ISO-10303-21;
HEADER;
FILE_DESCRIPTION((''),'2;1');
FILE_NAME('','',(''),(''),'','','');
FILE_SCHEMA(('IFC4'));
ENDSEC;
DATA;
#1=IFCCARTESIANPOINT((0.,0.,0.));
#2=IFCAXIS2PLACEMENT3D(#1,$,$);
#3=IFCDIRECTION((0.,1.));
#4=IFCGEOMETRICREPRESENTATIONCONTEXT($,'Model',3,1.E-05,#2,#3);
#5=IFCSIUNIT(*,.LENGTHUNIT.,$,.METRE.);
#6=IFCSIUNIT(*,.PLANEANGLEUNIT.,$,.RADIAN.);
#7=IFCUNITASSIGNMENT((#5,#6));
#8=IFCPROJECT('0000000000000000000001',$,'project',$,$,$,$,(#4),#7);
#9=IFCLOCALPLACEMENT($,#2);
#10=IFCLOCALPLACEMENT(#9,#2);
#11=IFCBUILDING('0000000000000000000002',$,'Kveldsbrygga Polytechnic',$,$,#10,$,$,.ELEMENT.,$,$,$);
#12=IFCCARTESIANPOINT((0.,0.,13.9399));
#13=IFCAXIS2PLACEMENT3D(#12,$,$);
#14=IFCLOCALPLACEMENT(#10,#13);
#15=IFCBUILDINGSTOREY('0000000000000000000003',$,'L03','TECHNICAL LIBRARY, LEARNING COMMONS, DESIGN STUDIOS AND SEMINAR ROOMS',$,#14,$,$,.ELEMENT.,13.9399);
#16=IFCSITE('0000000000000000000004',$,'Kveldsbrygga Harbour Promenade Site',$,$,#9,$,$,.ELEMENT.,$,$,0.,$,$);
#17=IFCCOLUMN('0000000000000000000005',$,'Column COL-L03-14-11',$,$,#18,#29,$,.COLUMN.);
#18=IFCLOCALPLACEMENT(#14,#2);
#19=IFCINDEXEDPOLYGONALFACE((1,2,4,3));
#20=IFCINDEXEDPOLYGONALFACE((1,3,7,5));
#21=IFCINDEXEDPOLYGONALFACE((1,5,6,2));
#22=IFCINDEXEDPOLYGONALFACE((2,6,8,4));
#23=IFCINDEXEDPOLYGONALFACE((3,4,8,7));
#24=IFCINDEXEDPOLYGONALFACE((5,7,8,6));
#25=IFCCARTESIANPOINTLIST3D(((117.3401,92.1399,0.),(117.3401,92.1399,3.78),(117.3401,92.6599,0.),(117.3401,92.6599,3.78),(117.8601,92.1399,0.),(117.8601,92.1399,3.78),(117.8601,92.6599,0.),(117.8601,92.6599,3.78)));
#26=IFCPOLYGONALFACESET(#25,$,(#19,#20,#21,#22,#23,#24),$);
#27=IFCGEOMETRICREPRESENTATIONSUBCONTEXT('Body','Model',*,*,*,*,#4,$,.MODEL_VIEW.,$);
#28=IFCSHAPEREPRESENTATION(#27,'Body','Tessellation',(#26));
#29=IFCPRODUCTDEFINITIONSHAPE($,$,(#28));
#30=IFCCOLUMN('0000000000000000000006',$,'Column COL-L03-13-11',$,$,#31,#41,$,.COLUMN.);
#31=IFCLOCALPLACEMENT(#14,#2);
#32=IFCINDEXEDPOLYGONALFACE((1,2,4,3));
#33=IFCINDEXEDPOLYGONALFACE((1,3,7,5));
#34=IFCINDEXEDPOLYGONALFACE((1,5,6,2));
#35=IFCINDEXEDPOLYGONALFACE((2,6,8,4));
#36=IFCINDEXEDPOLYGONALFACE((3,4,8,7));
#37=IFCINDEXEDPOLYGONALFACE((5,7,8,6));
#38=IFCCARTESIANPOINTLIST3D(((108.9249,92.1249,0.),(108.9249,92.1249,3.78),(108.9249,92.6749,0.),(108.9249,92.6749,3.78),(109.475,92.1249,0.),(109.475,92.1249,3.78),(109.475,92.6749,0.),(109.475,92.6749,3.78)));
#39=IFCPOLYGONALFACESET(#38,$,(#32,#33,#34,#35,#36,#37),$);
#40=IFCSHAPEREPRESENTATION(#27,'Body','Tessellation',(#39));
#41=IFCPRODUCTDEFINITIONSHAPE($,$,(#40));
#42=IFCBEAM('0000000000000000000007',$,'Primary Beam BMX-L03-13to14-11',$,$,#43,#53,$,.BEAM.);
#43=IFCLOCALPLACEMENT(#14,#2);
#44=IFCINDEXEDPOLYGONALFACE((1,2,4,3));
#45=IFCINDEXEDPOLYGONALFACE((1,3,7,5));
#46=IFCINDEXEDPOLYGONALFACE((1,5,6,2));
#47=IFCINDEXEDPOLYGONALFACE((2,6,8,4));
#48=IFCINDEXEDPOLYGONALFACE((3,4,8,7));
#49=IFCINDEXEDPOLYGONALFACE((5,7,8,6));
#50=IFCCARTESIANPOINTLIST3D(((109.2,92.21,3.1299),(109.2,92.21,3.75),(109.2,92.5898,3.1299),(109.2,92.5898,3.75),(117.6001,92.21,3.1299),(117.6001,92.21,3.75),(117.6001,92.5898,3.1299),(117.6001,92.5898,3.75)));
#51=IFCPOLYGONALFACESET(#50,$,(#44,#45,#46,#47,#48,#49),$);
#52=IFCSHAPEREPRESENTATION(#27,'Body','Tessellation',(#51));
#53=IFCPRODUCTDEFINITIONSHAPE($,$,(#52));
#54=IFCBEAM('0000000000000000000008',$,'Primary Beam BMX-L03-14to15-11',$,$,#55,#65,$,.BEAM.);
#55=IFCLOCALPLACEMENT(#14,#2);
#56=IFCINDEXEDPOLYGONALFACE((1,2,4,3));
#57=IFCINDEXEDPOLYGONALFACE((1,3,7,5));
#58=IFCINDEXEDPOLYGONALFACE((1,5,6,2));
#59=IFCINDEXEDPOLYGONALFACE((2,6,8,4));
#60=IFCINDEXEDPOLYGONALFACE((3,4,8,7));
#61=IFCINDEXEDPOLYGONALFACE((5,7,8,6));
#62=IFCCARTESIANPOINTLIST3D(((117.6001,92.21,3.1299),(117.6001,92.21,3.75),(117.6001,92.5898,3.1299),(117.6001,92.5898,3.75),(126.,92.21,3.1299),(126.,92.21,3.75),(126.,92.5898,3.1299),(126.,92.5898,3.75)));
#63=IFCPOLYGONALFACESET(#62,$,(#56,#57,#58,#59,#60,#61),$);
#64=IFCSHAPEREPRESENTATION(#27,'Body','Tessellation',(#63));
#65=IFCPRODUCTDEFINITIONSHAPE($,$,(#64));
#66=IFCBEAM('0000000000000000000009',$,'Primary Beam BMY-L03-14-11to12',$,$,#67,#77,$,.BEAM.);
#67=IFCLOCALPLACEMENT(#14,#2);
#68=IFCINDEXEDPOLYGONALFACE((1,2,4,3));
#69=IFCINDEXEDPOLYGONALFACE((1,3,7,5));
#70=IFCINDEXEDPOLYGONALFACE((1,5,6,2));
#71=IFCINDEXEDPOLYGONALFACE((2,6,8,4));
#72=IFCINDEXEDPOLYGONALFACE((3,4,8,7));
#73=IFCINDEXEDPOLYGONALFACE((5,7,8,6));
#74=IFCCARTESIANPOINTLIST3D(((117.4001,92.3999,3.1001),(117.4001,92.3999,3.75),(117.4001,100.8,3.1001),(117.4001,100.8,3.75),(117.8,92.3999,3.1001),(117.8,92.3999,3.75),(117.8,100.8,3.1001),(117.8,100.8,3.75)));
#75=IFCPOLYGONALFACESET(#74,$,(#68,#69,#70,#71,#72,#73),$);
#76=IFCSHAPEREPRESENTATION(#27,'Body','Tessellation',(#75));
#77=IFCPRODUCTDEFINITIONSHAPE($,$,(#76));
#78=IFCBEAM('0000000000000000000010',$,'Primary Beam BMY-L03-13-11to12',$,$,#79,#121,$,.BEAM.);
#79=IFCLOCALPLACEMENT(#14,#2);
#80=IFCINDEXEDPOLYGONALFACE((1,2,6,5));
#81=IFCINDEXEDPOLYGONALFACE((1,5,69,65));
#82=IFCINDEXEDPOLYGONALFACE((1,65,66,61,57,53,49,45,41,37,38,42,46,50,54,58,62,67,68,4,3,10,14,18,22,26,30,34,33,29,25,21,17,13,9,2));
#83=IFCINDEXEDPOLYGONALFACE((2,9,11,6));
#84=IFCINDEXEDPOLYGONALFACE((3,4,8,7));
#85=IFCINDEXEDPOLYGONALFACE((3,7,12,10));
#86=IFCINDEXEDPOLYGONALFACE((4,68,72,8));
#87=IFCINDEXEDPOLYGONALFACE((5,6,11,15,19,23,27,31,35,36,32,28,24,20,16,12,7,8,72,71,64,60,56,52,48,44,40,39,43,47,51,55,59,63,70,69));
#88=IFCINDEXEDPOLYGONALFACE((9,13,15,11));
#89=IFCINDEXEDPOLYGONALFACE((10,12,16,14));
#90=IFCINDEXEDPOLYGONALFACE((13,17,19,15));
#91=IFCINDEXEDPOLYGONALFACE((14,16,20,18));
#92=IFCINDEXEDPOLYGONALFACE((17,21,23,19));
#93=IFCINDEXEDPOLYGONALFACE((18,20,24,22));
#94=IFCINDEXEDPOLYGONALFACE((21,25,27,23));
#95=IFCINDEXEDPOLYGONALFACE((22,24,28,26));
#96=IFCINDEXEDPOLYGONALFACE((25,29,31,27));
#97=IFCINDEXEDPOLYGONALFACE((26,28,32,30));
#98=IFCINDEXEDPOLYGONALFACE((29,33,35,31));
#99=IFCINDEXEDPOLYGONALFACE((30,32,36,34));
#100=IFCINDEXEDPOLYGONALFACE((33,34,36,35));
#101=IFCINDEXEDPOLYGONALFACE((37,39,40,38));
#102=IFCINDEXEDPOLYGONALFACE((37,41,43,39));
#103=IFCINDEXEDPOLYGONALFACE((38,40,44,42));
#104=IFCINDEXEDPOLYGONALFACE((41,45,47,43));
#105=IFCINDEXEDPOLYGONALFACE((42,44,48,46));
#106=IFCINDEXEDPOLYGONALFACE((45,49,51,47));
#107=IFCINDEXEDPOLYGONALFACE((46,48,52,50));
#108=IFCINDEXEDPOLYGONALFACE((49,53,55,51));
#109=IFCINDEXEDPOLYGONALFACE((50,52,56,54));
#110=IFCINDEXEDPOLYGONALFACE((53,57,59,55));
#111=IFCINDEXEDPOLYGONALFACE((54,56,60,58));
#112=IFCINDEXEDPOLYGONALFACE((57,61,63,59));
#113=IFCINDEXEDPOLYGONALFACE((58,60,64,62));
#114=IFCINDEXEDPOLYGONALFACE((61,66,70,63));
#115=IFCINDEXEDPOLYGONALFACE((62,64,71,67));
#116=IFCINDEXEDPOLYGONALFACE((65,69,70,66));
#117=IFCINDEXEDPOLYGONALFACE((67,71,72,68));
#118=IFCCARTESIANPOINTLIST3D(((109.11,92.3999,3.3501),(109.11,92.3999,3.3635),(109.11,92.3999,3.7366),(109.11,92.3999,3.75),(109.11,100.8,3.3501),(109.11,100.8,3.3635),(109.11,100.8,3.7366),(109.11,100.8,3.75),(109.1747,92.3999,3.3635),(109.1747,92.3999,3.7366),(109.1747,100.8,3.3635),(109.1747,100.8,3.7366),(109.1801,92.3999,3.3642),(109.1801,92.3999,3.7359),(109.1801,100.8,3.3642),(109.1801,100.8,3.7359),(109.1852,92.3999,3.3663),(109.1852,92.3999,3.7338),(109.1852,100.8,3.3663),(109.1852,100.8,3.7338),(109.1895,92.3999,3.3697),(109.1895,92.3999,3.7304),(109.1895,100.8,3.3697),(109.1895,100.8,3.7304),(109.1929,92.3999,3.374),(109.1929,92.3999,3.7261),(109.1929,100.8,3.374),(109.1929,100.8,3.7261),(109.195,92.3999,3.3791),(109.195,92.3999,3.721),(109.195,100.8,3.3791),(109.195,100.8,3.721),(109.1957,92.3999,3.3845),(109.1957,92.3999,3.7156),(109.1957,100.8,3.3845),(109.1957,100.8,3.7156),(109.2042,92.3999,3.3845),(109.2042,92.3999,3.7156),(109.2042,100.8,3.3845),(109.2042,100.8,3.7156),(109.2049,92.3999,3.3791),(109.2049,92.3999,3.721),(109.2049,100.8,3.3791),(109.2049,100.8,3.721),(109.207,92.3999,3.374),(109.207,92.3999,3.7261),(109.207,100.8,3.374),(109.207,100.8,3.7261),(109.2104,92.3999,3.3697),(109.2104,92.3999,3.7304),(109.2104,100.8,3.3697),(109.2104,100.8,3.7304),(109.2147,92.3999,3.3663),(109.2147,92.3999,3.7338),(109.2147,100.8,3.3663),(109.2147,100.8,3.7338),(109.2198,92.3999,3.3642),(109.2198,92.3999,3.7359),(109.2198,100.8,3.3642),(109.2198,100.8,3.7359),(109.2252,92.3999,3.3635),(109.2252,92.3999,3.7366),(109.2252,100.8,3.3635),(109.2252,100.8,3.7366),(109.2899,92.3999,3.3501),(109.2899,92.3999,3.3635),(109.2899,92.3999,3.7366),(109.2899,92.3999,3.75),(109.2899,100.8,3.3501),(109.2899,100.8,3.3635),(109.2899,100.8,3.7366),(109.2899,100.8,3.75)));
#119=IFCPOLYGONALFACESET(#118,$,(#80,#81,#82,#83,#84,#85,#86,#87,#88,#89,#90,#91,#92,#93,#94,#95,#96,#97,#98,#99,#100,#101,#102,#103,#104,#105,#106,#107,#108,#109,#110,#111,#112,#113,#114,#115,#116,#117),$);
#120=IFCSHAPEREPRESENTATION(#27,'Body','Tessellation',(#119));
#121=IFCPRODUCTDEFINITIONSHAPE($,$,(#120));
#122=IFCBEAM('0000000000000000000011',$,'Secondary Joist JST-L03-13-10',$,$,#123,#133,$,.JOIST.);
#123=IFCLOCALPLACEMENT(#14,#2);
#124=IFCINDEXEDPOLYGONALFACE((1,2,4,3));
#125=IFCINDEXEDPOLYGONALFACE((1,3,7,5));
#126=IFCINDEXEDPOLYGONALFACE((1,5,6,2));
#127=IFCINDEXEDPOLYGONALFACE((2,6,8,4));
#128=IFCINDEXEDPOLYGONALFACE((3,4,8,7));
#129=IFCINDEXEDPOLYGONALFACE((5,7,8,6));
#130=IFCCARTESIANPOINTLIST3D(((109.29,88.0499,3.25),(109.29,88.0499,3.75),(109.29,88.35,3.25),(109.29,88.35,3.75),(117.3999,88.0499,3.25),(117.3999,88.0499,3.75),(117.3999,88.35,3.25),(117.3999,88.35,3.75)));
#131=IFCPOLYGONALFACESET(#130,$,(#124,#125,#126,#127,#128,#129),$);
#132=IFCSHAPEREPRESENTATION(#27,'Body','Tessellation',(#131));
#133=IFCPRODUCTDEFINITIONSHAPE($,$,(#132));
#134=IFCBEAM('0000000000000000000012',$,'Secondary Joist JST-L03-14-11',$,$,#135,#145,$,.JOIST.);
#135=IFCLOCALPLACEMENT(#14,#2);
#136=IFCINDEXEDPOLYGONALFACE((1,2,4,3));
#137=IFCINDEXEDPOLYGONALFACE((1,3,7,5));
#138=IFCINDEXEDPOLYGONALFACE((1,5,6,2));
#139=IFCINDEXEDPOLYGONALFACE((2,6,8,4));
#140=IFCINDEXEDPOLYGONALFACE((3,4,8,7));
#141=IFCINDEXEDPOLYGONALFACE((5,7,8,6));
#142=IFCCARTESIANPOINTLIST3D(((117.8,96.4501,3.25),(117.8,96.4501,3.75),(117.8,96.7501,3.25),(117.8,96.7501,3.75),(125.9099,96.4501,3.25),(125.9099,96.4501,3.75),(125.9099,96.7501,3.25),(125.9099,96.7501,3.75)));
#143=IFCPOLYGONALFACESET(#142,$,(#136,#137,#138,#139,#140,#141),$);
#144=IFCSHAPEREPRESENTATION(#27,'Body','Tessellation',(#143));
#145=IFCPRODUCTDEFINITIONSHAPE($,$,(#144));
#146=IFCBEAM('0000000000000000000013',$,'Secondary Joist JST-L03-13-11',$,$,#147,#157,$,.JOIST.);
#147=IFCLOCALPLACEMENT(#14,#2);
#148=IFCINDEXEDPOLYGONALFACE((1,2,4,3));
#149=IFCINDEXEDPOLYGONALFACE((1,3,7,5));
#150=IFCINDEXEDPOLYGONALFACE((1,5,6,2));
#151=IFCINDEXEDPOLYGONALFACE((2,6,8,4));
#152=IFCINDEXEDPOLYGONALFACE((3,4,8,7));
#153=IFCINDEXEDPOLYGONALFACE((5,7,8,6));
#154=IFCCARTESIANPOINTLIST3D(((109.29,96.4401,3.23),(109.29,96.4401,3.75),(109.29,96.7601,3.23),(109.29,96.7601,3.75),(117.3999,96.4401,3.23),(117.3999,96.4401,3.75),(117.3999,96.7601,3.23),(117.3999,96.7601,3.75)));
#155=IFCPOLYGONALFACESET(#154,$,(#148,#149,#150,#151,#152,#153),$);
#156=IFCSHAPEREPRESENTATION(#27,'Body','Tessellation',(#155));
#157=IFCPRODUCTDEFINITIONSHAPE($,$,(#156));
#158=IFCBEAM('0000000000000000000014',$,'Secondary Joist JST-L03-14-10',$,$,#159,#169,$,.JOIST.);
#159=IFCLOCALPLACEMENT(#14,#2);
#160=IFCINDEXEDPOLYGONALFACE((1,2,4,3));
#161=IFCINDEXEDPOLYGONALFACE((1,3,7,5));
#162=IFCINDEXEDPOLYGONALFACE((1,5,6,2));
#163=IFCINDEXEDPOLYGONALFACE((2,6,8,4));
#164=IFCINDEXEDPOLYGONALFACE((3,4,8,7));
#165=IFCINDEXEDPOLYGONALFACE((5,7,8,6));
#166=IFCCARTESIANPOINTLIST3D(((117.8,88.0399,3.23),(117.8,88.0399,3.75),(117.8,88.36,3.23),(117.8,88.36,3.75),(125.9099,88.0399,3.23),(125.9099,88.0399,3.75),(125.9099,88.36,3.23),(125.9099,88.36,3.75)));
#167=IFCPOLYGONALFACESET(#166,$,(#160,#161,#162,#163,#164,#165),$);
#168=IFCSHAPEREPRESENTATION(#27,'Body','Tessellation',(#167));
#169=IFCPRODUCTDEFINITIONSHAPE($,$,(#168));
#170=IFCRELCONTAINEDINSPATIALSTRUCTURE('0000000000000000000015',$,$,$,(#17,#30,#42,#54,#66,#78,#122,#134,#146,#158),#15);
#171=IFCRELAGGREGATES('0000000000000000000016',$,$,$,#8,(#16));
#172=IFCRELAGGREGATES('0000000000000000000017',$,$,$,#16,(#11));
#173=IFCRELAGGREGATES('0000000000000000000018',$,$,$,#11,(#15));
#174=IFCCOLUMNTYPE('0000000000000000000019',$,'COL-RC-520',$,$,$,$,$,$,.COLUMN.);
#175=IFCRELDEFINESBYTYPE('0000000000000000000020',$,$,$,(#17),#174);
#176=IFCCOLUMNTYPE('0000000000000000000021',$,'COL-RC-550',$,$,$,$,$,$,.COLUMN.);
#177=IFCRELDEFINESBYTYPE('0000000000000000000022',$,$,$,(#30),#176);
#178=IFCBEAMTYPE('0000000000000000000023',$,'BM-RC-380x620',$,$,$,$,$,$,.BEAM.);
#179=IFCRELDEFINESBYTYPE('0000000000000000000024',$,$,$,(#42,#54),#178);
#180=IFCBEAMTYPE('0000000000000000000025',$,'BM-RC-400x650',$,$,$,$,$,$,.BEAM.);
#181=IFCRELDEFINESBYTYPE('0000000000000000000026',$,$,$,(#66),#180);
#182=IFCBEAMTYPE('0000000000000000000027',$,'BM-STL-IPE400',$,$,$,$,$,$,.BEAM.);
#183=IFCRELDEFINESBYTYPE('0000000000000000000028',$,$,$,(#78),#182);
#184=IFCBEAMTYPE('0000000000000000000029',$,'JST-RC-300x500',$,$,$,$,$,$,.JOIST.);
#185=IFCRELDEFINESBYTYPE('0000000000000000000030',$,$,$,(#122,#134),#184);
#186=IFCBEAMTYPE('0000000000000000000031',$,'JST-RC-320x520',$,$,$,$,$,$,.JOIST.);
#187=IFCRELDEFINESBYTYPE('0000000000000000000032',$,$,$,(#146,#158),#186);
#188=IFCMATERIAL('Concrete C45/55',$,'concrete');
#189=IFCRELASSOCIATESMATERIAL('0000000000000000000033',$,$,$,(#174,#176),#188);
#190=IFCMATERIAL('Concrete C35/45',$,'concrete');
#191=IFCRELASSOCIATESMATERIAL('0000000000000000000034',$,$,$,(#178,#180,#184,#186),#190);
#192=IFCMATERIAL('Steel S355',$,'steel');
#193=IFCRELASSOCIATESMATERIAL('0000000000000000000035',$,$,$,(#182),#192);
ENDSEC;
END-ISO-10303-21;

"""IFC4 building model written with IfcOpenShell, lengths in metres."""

from ifc_helpers import new_model, si_unit, direction, frame, origin, origin_2d, place, context, subcontext, project, spatial, rectangle, i_section, extrude, material, material_profile, profile_set, type_object, element, save


model = new_model("IFC4")

# Units and contexts
model_context = context("Model", 3, precision=1e-05, world=origin(), true_north=direction((0.0, 1.0)))
body_context = subcontext(model_context, "Body", "Model", "MODEL_VIEW")
ifc_project = project(units=[si_unit("LENGTHUNIT", "METRE"), si_unit("PLANEANGLEUNIT", "RADIAN")], contexts=[model_context])

# Site, building, storey
site_placement = place(None, origin())
site = spatial("IfcSite", under=ifc_project, at=site_placement, Name="Kveldsbrygga Harbour Promenade Site", CompositionType="ELEMENT", RefElevation=0.0)
building_placement = place(site_placement, origin())
building = spatial("IfcBuilding", under=site, at=building_placement, Name="Kveldsbrygga Polytechnic", CompositionType="ELEMENT")
storey_placement = place(building_placement, frame((0.0, 0.0, 13.9399)))
storey = spatial("IfcBuildingStorey", under=building, at=storey_placement, Name="L03", Description="TECHNICAL LIBRARY, LEARNING COMMONS, DESIGN STUDIOS AND SEMINAR ROOMS", CompositionType="ELEMENT", Elevation=13.9399)

# Columns
ifc_material_1 = material(Name="Concrete C45/55", Category="concrete")
ifc_material_profile_1 = material_profile(ifc_material_1, rectangle(XDim=0.52, YDim=0.52, at=origin_2d()), Name="RC 520x520")
ifc_profile_set_1 = profile_set([ifc_material_profile_1], Name="Concrete C45/55")
column_type_1 = type_object("IfcColumnType", Name="COL-RC-520", PredefinedType="COLUMN", material=ifc_profile_set_1)
column_1_placement = place(storey_placement, frame((117.6001, 92.3999, 0.0), z_axis=(0.0, 0.0, 1.0), x_axis=(1.0, 0.0, 0.0)))
element("IfcColumn", 1, at=column_1_placement, inside=storey, type_object=column_type_1, Name="Column COL-L03-14-11", PredefinedType="COLUMN", context=body_context, shape_type="SweptSolid", body=[
    extrude(rectangle(XDim=0.52, YDim=0.52, at=origin_2d()), origin(), (0.0, 0.0, 1.0), 3.78),
])
ifc_material_profile_2 = material_profile(ifc_material_1, rectangle(XDim=0.55, YDim=0.55, at=origin_2d()), Name="RC 550x550")
ifc_profile_set_2 = profile_set([ifc_material_profile_2], Name="Concrete C45/55")
column_type_2 = type_object("IfcColumnType", Name="COL-RC-550", PredefinedType="COLUMN", material=ifc_profile_set_2)
column_2_placement = place(storey_placement, frame((109.2, 92.3999, 0.0), z_axis=(0.0, 0.0, 1.0), x_axis=(1.0, 0.0, 0.0)))
element("IfcColumn", 2, at=column_2_placement, inside=storey, type_object=column_type_2, Name="Column COL-L03-13-11", PredefinedType="COLUMN", context=body_context, shape_type="SweptSolid", body=[
    extrude(rectangle(XDim=0.55, YDim=0.55, at=origin_2d()), origin(), (0.0, 0.0, 1.0), 3.78),
])

# Beams
ifc_material_2 = material(Name="Concrete C35/45", Category="concrete")
ifc_material_profile_3 = material_profile(ifc_material_2, rectangle(XDim=0.3799, YDim=0.6201, at=origin_2d()), Name="RC 380x620")
ifc_profile_set_3 = profile_set([ifc_material_profile_3], Name="Concrete C35/45")
beam_type_1 = type_object("IfcBeamType", Name="BM-RC-380x620", PredefinedType="BEAM", material=ifc_profile_set_3)
beam_1_placement = place(storey_placement, frame((109.2, 92.3999, 3.4399), z_axis=(1.0, 0.0, 0.0), x_axis=(0.0, 1.0, 0.0)))
element("IfcBeam", 3, at=beam_1_placement, inside=storey, type_object=beam_type_1, Name="Primary Beam BMX-L03-13to14-11", PredefinedType="BEAM", context=body_context, shape_type="SweptSolid", body=[
    extrude(rectangle(XDim=0.3799, YDim=0.6201, at=origin_2d()), origin(), (0.0, 0.0, 1.0), 8.4001),
])
beam_2_placement = place(storey_placement, frame((117.6001, 92.3999, 3.4399), z_axis=(1.0, 0.0, 0.0), x_axis=(0.0, 1.0, 0.0)))
element("IfcBeam", 4, at=beam_2_placement, inside=storey, type_object=beam_type_1, Name="Primary Beam BMX-L03-14to15-11", PredefinedType="BEAM", context=body_context, shape_type="SweptSolid", body=[
    extrude(rectangle(XDim=0.3799, YDim=0.6201, at=origin_2d()), origin(), (0.0, 0.0, 1.0), 8.3999),
])
ifc_material_profile_4 = material_profile(ifc_material_2, rectangle(XDim=0.3999, YDim=0.6499, at=origin_2d()), Name="RC 400x650")
ifc_profile_set_4 = profile_set([ifc_material_profile_4], Name="Concrete C35/45")
beam_type_2 = type_object("IfcBeamType", Name="BM-RC-400x650", PredefinedType="BEAM", material=ifc_profile_set_4)
beam_3_placement = place(storey_placement, frame((117.6001, 92.3999, 3.425), z_axis=(0.0, 1.0, 0.0), x_axis=(-1.0, 0.0, 0.0)))
element("IfcBeam", 5, at=beam_3_placement, inside=storey, type_object=beam_type_2, Name="Primary Beam BMY-L03-14-11to12", PredefinedType="BEAM", context=body_context, shape_type="SweptSolid", body=[
    extrude(rectangle(XDim=0.3999, YDim=0.6499, at=origin_2d()), origin(), (0.0, 0.0, 1.0), 8.4001),
])
ifc_material_3 = material(Name="Steel S355", Category="steel")
ifc_material_profile_5 = material_profile(ifc_material_3, i_section(OverallWidth=0.1799, OverallDepth=0.3999, WebThickness=0.0085, FlangeThickness=0.0134, FilletRadius=0.021, at=origin_2d()), Name="IPE 400")
ifc_profile_set_5 = profile_set([ifc_material_profile_5], Name="Steel S355")
beam_type_3 = type_object("IfcBeamType", Name="BM-STL-IPE400", PredefinedType="BEAM", material=ifc_profile_set_5)
beam_4_placement = place(storey_placement, frame((109.2, 92.3999, 3.55), z_axis=(0.0, 1.0, 0.0), x_axis=(-1.0, 0.0, 0.0)))
element("IfcBeam", 6, at=beam_4_placement, inside=storey, type_object=beam_type_3, Name="Primary Beam BMY-L03-13-11to12", PredefinedType="BEAM", context=body_context, shape_type="SweptSolid", body=[
    extrude(i_section(OverallWidth=0.1799, OverallDepth=0.3999, WebThickness=0.0085, FlangeThickness=0.0134, FilletRadius=0.021, at=origin_2d()), origin(), (0.0, 0.0, 1.0), 8.4001),
])
ifc_material_profile_6 = material_profile(ifc_material_2, rectangle(XDim=0.3, YDim=0.5, at=origin_2d()), Name="RC 300x500")
ifc_profile_set_6 = profile_set([ifc_material_profile_6], Name="Concrete C35/45")
beam_type_4 = type_object("IfcBeamType", Name="JST-RC-300x500", PredefinedType="JOIST", material=ifc_profile_set_6)
for number, where, z_axis, x_axis, name in (
    (7, (109.29, 88.2, 3.5), (1.0, 0.0, 0.0), (0.0, 1.0, 0.0), "Secondary Joist JST-L03-13-10"),
    (8, (117.8, 96.6001, 3.5), (1.0, 0.0, 0.0), (0.0, 1.0, 0.0), "Secondary Joist JST-L03-14-11"),
):
    element("IfcBeam", number, at=place(storey_placement, frame(where, z_axis=z_axis, x_axis=x_axis)), inside=storey, type_object=beam_type_4, Name=name, PredefinedType="JOIST", context=body_context, shape_type="SweptSolid", body=[
        extrude(rectangle(XDim=0.3, YDim=0.5, at=origin_2d()), origin(), (0.0, 0.0, 1.0), 8.1099),
    ])
ifc_material_profile_7 = material_profile(ifc_material_2, rectangle(XDim=0.3201, YDim=0.52, at=origin_2d()), Name="RC 320x520")
ifc_profile_set_7 = profile_set([ifc_material_profile_7], Name="Concrete C35/45")
beam_type_5 = type_object("IfcBeamType", Name="JST-RC-320x520", PredefinedType="JOIST", material=ifc_profile_set_7)
for number, where, z_axis, x_axis, name in (
    (9, (109.29, 96.6001, 3.49), (1.0, 0.0, 0.0), (0.0, 1.0, 0.0), "Secondary Joist JST-L03-13-11"),
    (10, (117.8, 88.2, 3.49), (1.0, 0.0, 0.0), (0.0, 1.0, 0.0), "Secondary Joist JST-L03-14-10"),
):
    element("IfcBeam", number, at=place(storey_placement, frame(where, z_axis=z_axis, x_axis=x_axis)), inside=storey, type_object=beam_type_5, Name=name, PredefinedType="JOIST", context=body_context, shape_type="SweptSolid", body=[
        extrude(rectangle(XDim=0.3201, YDim=0.52, at=origin_2d()), origin(), (0.0, 0.0, 1.0), 8.1099),
    ])

save(model, "model.ifc")
